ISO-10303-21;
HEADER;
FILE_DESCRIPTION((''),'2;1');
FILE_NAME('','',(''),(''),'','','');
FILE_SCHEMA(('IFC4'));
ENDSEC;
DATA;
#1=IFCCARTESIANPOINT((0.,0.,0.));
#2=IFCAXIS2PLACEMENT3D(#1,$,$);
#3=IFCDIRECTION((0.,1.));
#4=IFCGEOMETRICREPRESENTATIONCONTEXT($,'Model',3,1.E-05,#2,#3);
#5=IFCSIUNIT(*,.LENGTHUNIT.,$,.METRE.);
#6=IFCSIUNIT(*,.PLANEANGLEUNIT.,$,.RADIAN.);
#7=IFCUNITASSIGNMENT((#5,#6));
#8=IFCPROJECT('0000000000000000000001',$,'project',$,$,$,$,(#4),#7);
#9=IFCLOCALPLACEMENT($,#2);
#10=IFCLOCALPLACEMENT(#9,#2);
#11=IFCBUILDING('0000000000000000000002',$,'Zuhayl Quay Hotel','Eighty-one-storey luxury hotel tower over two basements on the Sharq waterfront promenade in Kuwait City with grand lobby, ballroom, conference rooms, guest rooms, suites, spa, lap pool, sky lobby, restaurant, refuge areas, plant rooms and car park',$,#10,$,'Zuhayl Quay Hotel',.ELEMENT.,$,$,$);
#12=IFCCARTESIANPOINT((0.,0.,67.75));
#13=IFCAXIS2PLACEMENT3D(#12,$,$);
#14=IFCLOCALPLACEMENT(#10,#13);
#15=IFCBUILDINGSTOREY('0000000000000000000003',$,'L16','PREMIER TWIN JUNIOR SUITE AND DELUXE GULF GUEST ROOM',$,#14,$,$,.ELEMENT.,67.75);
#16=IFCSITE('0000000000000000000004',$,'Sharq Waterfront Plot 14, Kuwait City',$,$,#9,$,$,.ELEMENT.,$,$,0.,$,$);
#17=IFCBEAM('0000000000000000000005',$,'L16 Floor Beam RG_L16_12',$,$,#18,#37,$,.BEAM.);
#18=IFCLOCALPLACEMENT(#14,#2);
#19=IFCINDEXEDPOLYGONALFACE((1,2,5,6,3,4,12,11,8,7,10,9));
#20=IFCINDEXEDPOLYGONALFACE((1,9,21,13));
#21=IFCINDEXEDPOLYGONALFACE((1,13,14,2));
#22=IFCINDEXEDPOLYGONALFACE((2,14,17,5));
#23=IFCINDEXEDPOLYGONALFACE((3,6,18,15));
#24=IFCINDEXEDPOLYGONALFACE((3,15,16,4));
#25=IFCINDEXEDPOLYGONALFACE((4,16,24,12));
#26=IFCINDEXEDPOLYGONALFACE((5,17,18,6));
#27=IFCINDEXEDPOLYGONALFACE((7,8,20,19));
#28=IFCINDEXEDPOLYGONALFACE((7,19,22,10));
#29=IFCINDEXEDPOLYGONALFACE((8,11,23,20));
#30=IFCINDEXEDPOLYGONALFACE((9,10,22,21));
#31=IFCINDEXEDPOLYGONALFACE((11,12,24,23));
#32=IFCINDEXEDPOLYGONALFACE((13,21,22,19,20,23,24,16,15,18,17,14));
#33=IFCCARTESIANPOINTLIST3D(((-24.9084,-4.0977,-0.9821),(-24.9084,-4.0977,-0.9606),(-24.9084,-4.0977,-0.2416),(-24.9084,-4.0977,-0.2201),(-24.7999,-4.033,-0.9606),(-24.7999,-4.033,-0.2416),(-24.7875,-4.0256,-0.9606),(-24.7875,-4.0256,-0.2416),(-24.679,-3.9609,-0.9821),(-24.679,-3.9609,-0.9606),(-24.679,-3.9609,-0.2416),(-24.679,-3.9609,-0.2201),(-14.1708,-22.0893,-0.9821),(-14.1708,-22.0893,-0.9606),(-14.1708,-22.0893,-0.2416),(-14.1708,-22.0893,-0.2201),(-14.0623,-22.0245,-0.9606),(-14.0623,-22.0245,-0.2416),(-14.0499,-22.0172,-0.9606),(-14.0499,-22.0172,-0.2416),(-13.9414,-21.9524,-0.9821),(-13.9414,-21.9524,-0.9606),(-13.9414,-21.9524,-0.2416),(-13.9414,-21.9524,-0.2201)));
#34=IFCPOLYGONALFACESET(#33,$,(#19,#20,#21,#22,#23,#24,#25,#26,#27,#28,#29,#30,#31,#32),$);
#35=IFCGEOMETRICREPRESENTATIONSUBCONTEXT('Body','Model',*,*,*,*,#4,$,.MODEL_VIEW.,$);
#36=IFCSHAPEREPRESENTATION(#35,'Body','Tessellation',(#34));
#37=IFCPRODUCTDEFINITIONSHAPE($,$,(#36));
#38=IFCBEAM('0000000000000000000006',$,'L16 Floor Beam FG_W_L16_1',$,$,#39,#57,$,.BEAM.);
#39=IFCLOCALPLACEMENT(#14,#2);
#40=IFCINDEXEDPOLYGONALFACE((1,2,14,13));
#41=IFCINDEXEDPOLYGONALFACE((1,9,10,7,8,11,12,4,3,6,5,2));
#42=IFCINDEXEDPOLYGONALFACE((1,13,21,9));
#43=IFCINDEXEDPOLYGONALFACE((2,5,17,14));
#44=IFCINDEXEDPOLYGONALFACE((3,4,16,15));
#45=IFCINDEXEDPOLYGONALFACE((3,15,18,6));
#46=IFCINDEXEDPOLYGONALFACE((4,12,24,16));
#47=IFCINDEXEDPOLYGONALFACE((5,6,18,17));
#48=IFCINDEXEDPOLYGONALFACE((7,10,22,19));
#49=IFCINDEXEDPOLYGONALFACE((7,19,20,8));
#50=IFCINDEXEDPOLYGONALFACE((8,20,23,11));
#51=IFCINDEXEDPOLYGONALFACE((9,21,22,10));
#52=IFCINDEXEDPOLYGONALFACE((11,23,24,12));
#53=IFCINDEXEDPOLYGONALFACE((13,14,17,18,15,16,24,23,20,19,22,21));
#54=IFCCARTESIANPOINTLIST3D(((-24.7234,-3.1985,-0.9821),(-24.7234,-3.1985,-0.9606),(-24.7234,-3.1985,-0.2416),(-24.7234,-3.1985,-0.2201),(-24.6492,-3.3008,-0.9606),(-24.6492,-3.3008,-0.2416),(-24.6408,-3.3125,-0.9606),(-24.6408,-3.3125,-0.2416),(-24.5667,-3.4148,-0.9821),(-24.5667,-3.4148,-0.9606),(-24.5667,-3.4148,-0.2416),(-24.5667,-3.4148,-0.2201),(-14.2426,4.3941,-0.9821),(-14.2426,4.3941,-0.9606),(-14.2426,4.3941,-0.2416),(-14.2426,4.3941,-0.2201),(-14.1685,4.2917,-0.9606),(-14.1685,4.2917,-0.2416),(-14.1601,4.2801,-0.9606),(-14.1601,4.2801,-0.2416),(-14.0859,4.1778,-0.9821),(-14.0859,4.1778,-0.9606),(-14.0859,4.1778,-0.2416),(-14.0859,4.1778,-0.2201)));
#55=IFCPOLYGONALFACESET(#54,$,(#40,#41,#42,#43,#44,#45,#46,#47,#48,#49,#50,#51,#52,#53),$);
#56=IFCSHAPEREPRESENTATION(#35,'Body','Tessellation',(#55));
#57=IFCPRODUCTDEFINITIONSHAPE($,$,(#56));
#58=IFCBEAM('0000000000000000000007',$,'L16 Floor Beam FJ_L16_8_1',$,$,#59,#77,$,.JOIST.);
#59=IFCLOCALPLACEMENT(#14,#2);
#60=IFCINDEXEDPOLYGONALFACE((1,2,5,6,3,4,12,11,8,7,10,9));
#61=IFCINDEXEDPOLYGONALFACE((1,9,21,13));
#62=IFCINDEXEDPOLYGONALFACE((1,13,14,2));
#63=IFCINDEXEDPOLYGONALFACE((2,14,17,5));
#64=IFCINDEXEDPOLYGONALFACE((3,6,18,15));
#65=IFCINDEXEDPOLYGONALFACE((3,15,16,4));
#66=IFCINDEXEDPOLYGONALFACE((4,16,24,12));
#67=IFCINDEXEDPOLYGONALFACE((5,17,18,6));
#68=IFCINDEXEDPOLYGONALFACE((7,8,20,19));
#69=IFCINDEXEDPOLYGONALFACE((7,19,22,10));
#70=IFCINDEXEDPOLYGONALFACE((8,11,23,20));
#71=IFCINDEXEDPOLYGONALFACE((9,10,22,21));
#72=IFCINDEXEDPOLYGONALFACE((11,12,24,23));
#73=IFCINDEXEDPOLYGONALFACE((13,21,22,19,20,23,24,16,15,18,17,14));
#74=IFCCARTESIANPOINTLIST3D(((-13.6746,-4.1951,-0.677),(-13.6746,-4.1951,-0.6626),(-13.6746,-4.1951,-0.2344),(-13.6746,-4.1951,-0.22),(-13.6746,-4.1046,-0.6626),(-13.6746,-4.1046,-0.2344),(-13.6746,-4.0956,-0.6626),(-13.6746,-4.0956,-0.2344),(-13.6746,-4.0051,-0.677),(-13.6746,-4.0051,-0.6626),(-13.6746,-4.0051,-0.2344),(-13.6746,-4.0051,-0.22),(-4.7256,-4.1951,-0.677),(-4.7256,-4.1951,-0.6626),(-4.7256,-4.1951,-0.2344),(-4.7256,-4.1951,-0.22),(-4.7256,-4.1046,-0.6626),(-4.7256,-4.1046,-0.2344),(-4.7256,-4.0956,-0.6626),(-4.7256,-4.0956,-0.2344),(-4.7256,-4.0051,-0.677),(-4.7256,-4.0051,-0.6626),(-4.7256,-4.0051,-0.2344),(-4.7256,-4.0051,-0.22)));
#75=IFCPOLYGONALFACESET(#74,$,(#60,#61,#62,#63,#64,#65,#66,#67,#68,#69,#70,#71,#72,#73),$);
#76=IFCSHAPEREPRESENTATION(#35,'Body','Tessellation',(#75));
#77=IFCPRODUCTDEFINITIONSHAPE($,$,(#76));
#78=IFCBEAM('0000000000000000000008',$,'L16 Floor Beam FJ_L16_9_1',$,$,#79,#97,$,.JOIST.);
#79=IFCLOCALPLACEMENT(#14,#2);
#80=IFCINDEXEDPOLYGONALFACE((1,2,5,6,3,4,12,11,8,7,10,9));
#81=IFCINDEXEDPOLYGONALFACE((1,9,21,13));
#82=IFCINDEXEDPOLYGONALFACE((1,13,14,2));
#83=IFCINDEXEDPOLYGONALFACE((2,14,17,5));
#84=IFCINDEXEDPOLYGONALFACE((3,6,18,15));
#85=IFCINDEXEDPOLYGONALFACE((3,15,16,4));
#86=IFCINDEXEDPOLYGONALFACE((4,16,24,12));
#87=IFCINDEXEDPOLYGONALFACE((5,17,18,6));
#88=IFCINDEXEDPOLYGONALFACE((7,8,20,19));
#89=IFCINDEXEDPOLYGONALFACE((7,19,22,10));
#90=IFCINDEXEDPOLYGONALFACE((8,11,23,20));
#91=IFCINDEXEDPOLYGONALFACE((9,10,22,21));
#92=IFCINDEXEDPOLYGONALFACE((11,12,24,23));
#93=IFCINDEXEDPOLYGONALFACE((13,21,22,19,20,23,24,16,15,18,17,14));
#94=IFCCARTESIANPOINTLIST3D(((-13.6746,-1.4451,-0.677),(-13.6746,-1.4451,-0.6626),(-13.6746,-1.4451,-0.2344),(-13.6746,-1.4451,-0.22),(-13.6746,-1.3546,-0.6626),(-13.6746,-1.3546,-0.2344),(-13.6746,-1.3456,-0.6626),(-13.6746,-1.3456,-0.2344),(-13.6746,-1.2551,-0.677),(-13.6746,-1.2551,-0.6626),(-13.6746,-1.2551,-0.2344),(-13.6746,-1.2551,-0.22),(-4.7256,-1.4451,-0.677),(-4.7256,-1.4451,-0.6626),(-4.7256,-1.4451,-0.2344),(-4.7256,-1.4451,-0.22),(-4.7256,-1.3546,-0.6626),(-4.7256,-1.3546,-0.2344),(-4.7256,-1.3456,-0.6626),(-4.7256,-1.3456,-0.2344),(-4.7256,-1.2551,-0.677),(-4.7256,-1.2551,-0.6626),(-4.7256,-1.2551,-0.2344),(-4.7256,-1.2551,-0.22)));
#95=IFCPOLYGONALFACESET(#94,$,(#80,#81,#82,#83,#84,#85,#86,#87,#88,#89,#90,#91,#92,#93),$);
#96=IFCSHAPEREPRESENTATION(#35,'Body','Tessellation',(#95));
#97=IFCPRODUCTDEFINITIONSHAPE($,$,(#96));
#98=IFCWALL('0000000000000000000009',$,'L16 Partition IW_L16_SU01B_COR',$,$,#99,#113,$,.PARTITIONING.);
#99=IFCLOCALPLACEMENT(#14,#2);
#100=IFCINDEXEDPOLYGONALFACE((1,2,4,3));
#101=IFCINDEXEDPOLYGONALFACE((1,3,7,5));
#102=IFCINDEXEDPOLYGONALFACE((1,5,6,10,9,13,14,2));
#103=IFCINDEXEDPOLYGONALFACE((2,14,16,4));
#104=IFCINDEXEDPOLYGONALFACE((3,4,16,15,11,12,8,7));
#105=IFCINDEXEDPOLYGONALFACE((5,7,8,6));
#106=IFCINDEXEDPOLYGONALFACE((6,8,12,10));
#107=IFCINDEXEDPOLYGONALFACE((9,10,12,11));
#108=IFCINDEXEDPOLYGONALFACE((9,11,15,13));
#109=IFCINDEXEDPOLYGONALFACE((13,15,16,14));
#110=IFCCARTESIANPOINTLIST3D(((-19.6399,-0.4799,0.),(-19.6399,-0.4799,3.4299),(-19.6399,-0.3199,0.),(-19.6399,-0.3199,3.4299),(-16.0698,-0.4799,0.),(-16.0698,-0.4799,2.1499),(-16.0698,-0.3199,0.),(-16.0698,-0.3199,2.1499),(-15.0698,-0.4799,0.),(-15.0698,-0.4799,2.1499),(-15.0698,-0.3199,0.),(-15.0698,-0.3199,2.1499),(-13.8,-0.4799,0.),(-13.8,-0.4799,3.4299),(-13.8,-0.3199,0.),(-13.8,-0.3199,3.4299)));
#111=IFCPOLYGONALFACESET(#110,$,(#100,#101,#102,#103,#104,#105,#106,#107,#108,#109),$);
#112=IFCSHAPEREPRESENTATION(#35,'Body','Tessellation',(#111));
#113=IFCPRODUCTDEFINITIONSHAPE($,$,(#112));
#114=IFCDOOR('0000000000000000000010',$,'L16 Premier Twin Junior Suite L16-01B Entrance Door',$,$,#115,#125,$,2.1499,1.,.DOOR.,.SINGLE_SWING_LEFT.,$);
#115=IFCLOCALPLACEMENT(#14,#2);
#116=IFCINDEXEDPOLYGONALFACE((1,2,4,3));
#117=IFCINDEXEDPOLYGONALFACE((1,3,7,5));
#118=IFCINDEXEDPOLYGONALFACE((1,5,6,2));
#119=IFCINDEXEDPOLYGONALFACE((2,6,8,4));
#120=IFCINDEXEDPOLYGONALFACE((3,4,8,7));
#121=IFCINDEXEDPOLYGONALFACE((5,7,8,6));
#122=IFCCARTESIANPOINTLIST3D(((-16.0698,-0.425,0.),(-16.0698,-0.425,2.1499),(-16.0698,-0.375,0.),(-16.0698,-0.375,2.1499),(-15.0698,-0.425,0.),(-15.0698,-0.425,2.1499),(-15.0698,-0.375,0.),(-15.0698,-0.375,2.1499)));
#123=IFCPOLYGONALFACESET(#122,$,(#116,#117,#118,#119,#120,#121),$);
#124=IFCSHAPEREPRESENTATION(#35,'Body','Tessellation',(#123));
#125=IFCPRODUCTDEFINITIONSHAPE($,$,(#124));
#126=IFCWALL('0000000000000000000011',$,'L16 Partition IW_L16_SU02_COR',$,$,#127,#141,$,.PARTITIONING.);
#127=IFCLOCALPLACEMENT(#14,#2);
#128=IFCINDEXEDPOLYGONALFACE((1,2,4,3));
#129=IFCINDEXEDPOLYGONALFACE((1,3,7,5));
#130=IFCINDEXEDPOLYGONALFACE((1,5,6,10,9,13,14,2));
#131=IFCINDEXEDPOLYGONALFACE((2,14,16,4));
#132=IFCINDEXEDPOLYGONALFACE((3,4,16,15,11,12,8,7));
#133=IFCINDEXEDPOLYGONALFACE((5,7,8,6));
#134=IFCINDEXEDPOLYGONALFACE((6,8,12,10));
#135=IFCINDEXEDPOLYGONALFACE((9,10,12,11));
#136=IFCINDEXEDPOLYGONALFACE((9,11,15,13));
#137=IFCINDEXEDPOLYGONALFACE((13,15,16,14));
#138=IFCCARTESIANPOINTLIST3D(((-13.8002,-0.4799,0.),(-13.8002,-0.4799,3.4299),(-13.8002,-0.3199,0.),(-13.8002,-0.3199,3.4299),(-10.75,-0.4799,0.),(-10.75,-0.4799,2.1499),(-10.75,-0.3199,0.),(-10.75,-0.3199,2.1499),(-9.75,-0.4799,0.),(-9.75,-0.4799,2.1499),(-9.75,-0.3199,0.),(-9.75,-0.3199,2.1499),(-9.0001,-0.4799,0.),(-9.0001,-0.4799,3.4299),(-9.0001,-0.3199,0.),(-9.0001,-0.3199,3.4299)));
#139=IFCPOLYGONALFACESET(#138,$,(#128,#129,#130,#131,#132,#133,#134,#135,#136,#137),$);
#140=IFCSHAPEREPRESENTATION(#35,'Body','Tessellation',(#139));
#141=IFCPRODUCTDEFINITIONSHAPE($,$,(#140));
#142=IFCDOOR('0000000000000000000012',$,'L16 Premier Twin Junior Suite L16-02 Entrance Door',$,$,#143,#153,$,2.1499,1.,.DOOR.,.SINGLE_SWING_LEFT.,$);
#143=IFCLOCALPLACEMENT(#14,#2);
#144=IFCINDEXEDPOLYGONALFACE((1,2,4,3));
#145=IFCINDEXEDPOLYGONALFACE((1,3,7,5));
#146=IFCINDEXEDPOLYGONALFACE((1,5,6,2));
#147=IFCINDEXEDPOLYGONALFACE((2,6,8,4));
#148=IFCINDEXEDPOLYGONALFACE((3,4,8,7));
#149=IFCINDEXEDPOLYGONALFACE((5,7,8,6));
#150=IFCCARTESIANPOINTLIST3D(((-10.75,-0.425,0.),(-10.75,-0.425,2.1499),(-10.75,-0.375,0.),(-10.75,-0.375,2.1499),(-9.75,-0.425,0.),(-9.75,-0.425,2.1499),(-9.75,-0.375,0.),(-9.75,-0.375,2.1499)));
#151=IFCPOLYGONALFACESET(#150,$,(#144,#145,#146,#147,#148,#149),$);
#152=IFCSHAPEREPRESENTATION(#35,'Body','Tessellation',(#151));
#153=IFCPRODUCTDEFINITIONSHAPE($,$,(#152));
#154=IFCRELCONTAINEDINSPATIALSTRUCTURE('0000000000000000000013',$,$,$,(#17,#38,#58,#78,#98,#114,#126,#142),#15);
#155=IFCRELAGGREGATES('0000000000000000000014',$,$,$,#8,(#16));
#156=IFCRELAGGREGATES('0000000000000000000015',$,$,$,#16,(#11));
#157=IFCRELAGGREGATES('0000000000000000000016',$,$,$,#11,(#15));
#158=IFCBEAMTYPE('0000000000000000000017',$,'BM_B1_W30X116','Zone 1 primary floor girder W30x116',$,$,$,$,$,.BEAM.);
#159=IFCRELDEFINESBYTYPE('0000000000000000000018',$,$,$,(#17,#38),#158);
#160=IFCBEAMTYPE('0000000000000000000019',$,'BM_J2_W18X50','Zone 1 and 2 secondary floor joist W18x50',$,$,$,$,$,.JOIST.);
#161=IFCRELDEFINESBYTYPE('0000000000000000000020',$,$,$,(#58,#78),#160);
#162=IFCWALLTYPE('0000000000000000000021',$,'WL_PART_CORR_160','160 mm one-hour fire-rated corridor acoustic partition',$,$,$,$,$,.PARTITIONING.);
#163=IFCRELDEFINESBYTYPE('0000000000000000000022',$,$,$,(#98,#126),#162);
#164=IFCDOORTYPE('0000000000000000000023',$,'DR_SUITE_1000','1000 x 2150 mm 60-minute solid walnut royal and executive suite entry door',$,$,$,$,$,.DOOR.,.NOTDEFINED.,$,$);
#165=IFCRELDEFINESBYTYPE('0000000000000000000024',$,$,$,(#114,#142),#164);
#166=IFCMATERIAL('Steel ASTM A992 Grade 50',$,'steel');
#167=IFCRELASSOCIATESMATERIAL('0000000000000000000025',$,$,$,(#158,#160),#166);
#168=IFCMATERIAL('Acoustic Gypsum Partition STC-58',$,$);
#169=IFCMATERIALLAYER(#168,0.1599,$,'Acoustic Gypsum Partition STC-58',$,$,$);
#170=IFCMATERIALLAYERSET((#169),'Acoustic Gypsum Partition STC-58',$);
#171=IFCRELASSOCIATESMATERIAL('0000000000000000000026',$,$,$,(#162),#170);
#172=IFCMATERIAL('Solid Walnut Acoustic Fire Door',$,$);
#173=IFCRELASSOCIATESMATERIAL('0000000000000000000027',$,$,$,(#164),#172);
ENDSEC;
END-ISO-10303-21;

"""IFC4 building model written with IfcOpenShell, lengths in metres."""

from ifc_helpers import new_model, si_unit, direction, frame, frame_2d, origin, origin_2d, place, context, subcontext, project, spatial, rectangle, i_section, extrude, material, layer, layer_set, material_profile, profile_set, type_object, element, fill, save


model = new_model("IFC4")

# Units and contexts
model_context = context("Model", 3, precision=1e-05, world=origin(), true_north=direction((0.0, 1.0)))
body_context = subcontext(model_context, "Body", "Model", "MODEL_VIEW")
ifc_project = project(units=[si_unit("LENGTHUNIT", "METRE"), si_unit("PLANEANGLEUNIT", "RADIAN")], contexts=[model_context])

# Site, building, storey
site_placement = place(None, origin())
site = spatial("IfcSite", under=ifc_project, at=site_placement, Name="Sharq Waterfront Plot 14, Kuwait City", CompositionType="ELEMENT", RefElevation=0.0)
building_placement = place(site_placement, origin())
building = spatial("IfcBuilding", under=site, at=building_placement, Name="Zuhayl Quay Hotel", Description="Eighty-one-storey luxury hotel tower over two basements on the Sharq waterfront promenade in Kuwait City with grand lobby, ballroom, conference rooms, guest rooms, suites, spa, lap pool, sky lobby, restaurant, refuge areas, plant rooms and car park", LongName="Zuhayl Quay Hotel", CompositionType="ELEMENT")
storey_placement = place(building_placement, frame((0.0, 0.0, 67.75)))
storey = spatial("IfcBuildingStorey", under=building, at=storey_placement, Name="L16", Description="PREMIER TWIN JUNIOR SUITE AND DELUXE GULF GUEST ROOM", CompositionType="ELEMENT", Elevation=67.75)

# Beams
ifc_material_1 = material(Name="Steel ASTM A992 Grade 50", Category="steel")
ifc_material_profile_1 = material_profile(ifc_material_1, i_section(OverallWidth=0.2671, OverallDepth=0.762, WebThickness=0.0144, FlangeThickness=0.0215, at=origin_2d()), Name="W30X116")
ifc_profile_set_1 = profile_set([ifc_material_profile_1], Name="Steel ASTM A992 Grade 50")
beam_type_1 = type_object("IfcBeamType", Name="BM_B1_W30X116", Description="Zone 1 primary floor girder W30x116", PredefinedType="BEAM", material=ifc_profile_set_1)
beam_1_placement = place(storey_placement, frame((-24.7937, -4.0293, -0.6011), z_axis=(0.512483, -0.858698, 0.0), x_axis=(0.858698, 0.512483, 0.0)))
element("IfcBeam", 1, at=beam_1_placement, inside=storey, type_object=beam_type_1, Name="L16 Floor Beam RG_L16_12", PredefinedType="BEAM", context=body_context, shape_type="SweptSolid", body=[
    extrude(i_section(OverallWidth=0.2671, OverallDepth=0.762, WebThickness=0.0144, FlangeThickness=0.0215, at=origin_2d()), origin(), (0.0, 0.0, 1.0), 20.9521),
])
beam_2_placement = place(storey_placement, frame((-24.645, -3.3066, -0.6011), z_axis=(0.80983, 0.586664, 0.0), x_axis=(-0.586664, 0.80983, 0.0)))
element("IfcBeam", 2, at=beam_2_placement, inside=storey, type_object=beam_type_1, Name="L16 Floor Beam FG_W_L16_1", PredefinedType="BEAM", context=body_context, shape_type="SweptSolid", body=[
    extrude(i_section(OverallWidth=0.2671, OverallDepth=0.762, WebThickness=0.0144, FlangeThickness=0.0215, at=origin_2d()), origin(), (0.0, 0.0, 1.0), 12.9419),
])
ifc_material_profile_2 = material_profile(ifc_material_1, i_section(OverallWidth=0.1899, OverallDepth=0.457, WebThickness=0.009, FlangeThickness=0.0144, at=origin_2d()), Name="W18X50")
ifc_profile_set_2 = profile_set([ifc_material_profile_2], Name="Steel ASTM A992 Grade 50")
beam_type_2 = type_object("IfcBeamType", Name="BM_J2_W18X50", Description="Zone 1 and 2 secondary floor joist W18x50", PredefinedType="JOIST", material=ifc_profile_set_2)
for number, where, z_axis, x_axis, name in (
    (3, (-13.6746, -4.1001, -0.4485), (1.0, 0.0, 0.0), (0.0, 1.0, 0.0), "L16 Floor Beam FJ_L16_8_1"),
    (4, (-13.6746, -1.3501, -0.4485), (1.0, 0.0, 0.0), (0.0, 1.0, 0.0), "L16 Floor Beam FJ_L16_9_1"),
):
    element("IfcBeam", number, at=place(storey_placement, frame(where, z_axis=z_axis, x_axis=x_axis)), inside=storey, type_object=beam_type_2, Name=name, PredefinedType="JOIST", context=body_context, shape_type="SweptSolid", body=[
        extrude(i_section(OverallWidth=0.1899, OverallDepth=0.457, WebThickness=0.009, FlangeThickness=0.0144, at=origin_2d()), origin(), (0.0, 0.0, 1.0), 8.949),
    ])

# Walls, openings, doors
ifc_material_2 = material(Name="Acoustic Gypsum Partition STC-58")
ifc_layer_1 = layer(ifc_material_2, 0.1599, Name="Acoustic Gypsum Partition STC-58")
ifc_layer_set_1 = layer_set([ifc_layer_1], Name="Acoustic Gypsum Partition STC-58")
wall_type_1 = type_object("IfcWallType", Name="WL_PART_CORR_160", Description="160 mm one-hour fire-rated corridor acoustic partition", PredefinedType="PARTITIONING", material=ifc_layer_set_1)
wall_1_placement = place(storey_placement, frame((-19.6399, -0.3999, 0.0), z_axis=(0.0, 0.0, 1.0), x_axis=(1.0, 0.0, 0.0)))
wall_1 = element("IfcWall", 5, at=wall_1_placement, inside=storey, type_object=wall_type_1, Name="L16 Partition IW_L16_SU01B_COR", PredefinedType="PARTITIONING", context=body_context, shape_type="SweptSolid", body=[
    extrude(rectangle(XDim=5.8398, YDim=0.1599, at=frame_2d((2.9199, 0.0))), origin(), (0.0, 0.0, 1.0), 3.4299),
])
opening_1_placement = place(wall_1_placement, frame((3.5701, 0.0, 0.0)))
opening_1 = element("IfcOpeningElement", 6, at=opening_1_placement, cuts=wall_1, PredefinedType="OPENING", context=body_context, shape_type="SweptSolid", body=[
    extrude(rectangle(XDim=1.0, YDim=2.1499, at=frame_2d((0.5, 1.075))), frame((0.0, 0.0898, 0.0), z_axis=(0.0, -1.0, 0.0), x_axis=(1.0, 0.0, 0.0)), (0.0, 0.0, 1.0), 0.1799),
])
ifc_material_3 = material(Name="Solid Walnut Acoustic Fire Door")
door_type_1 = type_object("IfcDoorType", Name="DR_SUITE_1000", Description="1000 x 2150 mm 60-minute solid walnut royal and executive suite entry door", OperationType="NOTDEFINED", PredefinedType="DOOR", material=ifc_material_3)
door_1_placement = place(opening_1_placement, origin())
door_1 = element("IfcDoor", 7, at=door_1_placement, inside=storey, type_object=door_type_1, Name="L16 Premier Twin Junior Suite L16-01B Entrance Door", OperationType="SINGLE_SWING_LEFT", OverallHeight=2.1499, OverallWidth=1.0, PredefinedType="DOOR", context=body_context, shape_type="SweptSolid", body=[
    extrude(rectangle(XDim=1.0, YDim=2.1499, at=frame_2d((0.5, 1.075))), frame((0.0, 0.0249, 0.0), z_axis=(0.0, -1.0, 0.0), x_axis=(1.0, 0.0, 0.0)), (0.0, 0.0, 1.0), 0.05),
])
fill(opening_1, door_1)
wall_2_placement = place(storey_placement, frame((-13.8, -0.3999, 0.0), z_axis=(0.0, 0.0, 1.0), x_axis=(1.0, 0.0, 0.0)))
wall_2 = element("IfcWall", 8, at=wall_2_placement, inside=storey, type_object=wall_type_1, Name="L16 Partition IW_L16_SU02_COR", PredefinedType="PARTITIONING", context=body_context, shape_type="SweptSolid", body=[
    extrude(rectangle(XDim=4.8, YDim=0.1599, at=frame_2d((2.3999, 0.0))), origin(), (0.0, 0.0, 1.0), 3.4299),
])
opening_2_placement = place(wall_2_placement, frame((3.05, 0.0, 0.0)))
opening_2 = element("IfcOpeningElement", 9, at=opening_2_placement, cuts=wall_2, PredefinedType="OPENING", context=body_context, shape_type="SweptSolid", body=[
    extrude(rectangle(XDim=1.0, YDim=2.1499, at=frame_2d((0.5, 1.075))), frame((0.0, 0.0898, 0.0), z_axis=(0.0, -1.0, 0.0), x_axis=(1.0, 0.0, 0.0)), (0.0, 0.0, 1.0), 0.1799),
])
door_2_placement = place(opening_2_placement, origin())
door_2 = element("IfcDoor", 10, at=door_2_placement, inside=storey, type_object=door_type_1, Name="L16 Premier Twin Junior Suite L16-02 Entrance Door", OperationType="SINGLE_SWING_LEFT", OverallHeight=2.1499, OverallWidth=1.0, PredefinedType="DOOR", context=body_context, shape_type="SweptSolid", body=[
    extrude(rectangle(XDim=1.0, YDim=2.1499, at=frame_2d((0.5, 1.075))), frame((0.0, 0.0249, 0.0), z_axis=(0.0, -1.0, 0.0), x_axis=(1.0, 0.0, 0.0)), (0.0, 0.0, 1.0), 0.05),
])
fill(opening_2, door_2)

save(model, "model.ifc")
